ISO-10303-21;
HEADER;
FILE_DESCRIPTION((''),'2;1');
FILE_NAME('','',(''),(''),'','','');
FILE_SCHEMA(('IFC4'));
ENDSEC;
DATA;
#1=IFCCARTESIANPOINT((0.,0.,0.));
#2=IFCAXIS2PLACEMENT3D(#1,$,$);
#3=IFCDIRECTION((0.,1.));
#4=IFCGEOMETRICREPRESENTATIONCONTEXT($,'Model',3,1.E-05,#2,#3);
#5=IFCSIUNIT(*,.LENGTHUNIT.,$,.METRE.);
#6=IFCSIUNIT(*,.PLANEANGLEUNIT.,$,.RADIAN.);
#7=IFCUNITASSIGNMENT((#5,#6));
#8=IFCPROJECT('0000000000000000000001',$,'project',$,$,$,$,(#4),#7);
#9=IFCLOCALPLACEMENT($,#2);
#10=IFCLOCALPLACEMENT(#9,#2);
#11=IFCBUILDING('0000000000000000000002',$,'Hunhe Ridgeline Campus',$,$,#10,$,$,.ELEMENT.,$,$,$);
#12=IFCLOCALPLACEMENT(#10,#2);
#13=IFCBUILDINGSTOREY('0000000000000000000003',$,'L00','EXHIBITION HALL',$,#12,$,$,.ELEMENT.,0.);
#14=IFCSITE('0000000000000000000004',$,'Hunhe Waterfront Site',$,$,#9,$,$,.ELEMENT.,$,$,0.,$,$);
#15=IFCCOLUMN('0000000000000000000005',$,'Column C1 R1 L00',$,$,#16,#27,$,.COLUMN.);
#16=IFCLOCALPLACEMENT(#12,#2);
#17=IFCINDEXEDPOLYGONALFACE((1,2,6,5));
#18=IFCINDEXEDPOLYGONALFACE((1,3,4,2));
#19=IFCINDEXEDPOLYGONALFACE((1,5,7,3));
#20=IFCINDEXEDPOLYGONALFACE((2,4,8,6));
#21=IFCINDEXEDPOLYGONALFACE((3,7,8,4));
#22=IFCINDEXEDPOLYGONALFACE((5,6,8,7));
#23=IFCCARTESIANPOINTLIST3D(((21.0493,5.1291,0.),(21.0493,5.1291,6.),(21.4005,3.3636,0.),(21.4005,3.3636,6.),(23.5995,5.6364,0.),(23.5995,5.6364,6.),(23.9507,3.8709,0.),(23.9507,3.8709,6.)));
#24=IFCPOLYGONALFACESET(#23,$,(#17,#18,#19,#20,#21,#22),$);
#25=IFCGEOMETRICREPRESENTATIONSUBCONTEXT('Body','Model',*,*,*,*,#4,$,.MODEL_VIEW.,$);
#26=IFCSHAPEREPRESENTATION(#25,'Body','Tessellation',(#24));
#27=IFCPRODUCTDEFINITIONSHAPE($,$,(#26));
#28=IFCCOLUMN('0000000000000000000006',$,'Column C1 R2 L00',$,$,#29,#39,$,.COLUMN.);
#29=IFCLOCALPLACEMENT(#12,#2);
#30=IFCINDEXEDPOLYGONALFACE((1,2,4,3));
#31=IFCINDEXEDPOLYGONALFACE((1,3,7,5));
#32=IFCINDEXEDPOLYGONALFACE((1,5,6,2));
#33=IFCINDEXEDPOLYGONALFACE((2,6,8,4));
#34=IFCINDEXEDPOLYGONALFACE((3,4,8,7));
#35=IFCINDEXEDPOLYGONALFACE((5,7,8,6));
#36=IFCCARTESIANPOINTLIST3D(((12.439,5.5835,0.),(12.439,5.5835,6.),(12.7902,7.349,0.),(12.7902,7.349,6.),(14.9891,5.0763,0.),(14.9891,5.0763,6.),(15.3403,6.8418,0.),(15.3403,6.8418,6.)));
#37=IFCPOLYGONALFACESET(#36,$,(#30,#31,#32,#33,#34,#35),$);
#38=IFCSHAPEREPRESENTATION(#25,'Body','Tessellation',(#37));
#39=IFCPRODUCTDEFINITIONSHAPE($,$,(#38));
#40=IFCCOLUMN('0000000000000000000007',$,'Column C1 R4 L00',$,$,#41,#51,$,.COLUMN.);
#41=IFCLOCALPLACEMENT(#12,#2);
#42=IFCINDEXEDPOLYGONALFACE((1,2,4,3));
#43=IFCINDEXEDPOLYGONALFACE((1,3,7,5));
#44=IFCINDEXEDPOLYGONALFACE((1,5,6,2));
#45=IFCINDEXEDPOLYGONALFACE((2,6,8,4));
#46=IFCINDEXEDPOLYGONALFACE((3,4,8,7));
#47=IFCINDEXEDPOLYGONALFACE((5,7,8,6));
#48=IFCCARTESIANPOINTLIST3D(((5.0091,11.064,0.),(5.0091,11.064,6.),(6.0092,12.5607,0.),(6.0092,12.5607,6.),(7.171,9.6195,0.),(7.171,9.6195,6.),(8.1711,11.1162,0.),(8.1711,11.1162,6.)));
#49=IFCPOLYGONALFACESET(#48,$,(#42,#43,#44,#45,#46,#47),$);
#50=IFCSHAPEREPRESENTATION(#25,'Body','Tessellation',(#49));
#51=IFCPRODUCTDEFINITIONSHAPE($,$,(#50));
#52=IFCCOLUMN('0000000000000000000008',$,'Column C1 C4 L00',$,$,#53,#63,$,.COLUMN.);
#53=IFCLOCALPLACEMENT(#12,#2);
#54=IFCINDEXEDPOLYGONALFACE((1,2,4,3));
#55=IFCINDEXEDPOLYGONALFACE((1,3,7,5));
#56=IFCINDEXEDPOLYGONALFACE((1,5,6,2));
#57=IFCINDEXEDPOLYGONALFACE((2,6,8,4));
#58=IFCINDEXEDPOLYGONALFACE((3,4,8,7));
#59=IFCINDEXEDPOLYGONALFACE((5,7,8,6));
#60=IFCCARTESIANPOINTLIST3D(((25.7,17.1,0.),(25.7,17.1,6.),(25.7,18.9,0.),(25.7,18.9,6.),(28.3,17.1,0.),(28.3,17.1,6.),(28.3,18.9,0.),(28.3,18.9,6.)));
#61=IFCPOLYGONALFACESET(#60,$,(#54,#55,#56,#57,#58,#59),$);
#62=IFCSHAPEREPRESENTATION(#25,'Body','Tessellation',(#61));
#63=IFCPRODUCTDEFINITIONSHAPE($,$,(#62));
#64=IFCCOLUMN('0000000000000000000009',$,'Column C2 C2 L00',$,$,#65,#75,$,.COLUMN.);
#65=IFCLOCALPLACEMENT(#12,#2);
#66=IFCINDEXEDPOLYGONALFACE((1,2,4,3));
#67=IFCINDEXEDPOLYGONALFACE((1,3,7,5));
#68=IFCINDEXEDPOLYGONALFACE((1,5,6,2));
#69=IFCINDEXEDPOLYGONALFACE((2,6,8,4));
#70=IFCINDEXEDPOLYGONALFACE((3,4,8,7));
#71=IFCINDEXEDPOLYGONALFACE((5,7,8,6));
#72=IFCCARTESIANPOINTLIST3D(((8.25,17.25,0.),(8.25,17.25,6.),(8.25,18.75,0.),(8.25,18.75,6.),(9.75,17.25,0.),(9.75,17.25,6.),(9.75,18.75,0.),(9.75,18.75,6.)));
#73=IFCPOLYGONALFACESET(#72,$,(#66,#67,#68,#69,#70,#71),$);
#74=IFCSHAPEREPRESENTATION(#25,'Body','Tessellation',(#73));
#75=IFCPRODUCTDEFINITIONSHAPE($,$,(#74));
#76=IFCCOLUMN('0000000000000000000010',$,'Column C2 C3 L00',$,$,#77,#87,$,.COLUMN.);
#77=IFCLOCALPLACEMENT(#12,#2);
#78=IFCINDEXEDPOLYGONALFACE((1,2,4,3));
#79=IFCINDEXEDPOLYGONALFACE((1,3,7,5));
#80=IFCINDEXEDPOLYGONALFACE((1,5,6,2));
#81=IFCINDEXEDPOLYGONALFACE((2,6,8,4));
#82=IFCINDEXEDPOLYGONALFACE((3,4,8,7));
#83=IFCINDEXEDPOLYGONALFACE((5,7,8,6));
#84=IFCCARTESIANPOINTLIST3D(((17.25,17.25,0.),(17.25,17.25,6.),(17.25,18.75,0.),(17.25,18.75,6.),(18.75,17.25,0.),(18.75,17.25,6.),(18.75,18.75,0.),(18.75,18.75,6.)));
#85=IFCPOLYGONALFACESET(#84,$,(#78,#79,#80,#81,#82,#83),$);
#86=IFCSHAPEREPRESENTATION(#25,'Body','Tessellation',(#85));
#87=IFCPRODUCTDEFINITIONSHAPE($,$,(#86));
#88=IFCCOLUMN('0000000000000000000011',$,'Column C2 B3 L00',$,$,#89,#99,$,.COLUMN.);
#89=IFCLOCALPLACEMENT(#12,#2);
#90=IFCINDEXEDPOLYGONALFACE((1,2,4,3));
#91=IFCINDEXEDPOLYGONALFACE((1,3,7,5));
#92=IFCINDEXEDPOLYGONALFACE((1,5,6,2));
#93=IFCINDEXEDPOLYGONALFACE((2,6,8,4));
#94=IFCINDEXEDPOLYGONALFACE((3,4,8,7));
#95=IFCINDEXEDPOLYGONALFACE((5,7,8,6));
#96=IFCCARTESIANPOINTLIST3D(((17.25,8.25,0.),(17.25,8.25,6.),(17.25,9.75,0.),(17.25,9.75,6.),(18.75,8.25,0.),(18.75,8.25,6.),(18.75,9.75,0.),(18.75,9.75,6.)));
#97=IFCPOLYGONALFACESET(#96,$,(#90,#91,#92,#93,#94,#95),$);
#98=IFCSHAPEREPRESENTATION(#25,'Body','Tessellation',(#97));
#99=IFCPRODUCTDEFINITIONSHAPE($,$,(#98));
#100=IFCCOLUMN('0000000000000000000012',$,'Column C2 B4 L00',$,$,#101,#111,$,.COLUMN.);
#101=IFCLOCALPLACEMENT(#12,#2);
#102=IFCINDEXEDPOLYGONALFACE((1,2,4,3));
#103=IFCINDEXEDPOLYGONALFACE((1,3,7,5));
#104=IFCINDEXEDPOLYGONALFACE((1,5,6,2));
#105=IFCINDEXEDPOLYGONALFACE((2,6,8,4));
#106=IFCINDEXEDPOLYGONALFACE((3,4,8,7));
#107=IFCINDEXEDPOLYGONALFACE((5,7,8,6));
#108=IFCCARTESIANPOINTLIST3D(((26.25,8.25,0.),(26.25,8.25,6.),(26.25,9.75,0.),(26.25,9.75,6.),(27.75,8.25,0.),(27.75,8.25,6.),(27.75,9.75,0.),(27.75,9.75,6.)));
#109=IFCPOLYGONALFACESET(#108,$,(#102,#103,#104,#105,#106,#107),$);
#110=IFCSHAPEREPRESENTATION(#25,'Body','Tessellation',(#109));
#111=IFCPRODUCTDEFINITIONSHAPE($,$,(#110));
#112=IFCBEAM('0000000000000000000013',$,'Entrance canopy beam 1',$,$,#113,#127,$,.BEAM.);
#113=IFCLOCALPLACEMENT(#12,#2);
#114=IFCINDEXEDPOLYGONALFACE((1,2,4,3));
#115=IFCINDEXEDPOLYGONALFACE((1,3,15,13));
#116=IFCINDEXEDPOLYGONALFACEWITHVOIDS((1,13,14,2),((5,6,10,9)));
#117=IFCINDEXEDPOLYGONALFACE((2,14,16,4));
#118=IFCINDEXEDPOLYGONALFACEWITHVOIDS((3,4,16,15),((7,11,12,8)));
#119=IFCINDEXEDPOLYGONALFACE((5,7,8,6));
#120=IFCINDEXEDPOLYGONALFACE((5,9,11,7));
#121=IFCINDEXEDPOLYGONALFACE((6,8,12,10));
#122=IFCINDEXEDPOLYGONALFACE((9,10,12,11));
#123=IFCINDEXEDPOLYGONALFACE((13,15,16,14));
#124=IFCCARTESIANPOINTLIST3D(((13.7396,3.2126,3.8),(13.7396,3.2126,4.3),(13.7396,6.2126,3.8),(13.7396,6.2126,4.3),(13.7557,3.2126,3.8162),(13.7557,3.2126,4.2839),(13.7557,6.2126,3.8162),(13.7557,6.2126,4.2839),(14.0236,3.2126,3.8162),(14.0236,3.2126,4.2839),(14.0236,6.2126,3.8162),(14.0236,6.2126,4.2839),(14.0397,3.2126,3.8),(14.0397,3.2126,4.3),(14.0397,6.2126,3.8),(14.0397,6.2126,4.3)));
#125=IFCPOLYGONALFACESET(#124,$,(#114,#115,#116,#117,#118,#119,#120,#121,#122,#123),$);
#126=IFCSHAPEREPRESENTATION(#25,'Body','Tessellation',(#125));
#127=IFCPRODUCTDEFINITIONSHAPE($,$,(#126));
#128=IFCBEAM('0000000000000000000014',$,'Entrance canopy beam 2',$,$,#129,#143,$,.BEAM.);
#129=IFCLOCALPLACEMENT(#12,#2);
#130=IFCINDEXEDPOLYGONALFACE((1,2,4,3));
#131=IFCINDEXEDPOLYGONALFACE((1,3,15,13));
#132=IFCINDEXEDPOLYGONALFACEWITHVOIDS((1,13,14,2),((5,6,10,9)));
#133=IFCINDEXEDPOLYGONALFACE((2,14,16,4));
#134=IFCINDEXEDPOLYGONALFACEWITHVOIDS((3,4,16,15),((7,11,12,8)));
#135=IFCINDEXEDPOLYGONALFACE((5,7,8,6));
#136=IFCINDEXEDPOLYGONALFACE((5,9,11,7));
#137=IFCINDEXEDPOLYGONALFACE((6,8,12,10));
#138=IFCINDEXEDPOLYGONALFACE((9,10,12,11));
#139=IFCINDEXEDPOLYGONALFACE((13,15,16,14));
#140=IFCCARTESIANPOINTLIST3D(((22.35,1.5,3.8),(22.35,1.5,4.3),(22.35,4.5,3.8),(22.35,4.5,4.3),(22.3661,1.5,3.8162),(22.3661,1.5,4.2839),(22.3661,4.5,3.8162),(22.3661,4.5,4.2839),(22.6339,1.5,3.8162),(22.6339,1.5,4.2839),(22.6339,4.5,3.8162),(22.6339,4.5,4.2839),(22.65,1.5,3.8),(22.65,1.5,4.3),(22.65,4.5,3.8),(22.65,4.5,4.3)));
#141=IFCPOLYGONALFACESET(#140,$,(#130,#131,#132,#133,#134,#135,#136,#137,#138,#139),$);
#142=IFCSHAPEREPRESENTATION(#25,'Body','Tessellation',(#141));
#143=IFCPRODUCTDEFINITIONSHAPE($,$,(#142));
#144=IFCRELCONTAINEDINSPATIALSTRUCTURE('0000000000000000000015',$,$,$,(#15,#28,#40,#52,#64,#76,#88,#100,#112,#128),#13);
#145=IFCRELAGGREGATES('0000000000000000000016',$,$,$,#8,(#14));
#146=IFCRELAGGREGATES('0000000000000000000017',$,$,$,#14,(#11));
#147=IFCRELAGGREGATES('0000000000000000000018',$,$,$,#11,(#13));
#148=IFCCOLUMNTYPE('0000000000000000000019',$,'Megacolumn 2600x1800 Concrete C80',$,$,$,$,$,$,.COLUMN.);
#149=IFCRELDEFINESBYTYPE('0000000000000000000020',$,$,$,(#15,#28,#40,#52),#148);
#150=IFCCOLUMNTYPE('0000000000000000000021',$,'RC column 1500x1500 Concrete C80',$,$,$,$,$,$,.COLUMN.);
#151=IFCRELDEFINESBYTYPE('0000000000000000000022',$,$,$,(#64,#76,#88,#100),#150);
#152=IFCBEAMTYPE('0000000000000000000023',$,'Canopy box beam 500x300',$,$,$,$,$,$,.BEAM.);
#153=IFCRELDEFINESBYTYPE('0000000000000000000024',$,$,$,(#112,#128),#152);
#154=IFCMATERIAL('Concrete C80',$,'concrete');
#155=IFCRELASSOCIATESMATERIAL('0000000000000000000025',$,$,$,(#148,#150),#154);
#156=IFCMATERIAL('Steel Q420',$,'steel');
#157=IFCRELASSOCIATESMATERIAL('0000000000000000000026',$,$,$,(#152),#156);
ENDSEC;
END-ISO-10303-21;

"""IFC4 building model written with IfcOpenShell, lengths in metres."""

from ifc_helpers import new_model, si_unit, direction, frame, origin, origin_2d, place, context, subcontext, project, spatial, rectangle, hollow_rectangle, extrude, material, material_profile, profile_set, type_object, element, save


model = new_model("IFC4")

# Units and contexts
model_context = context("Model", 3, precision=1e-05, world=origin(), true_north=direction((0.0, 1.0)))
body_context = subcontext(model_context, "Body", "Model", "MODEL_VIEW")
ifc_project = project(units=[si_unit("LENGTHUNIT", "METRE"), si_unit("PLANEANGLEUNIT", "RADIAN")], contexts=[model_context])

# Site, building, storey
site_placement = place(None, origin())
site = spatial("IfcSite", under=ifc_project, at=site_placement, Name="Hunhe Waterfront Site", CompositionType="ELEMENT", RefElevation=0.0)
building_placement = place(site_placement, origin())
building = spatial("IfcBuilding", under=site, at=building_placement, Name="Hunhe Ridgeline Campus", CompositionType="ELEMENT")
storey_placement = place(building_placement, origin())
storey = spatial("IfcBuildingStorey", under=building, at=storey_placement, Name="L00", Description="EXHIBITION HALL", CompositionType="ELEMENT", Elevation=0.0)

# Columns
ifc_material_1 = material(Name="Concrete C80", Category="concrete")
ifc_material_profile_1 = material_profile(ifc_material_1, rectangle(XDim=2.6001, YDim=1.8, at=origin_2d()))
ifc_profile_set_1 = profile_set([ifc_material_profile_1], Name="Concrete C80")
column_type_1 = type_object("IfcColumnType", Name="Megacolumn 2600x1800 Concrete C80", PredefinedType="COLUMN", material=ifc_profile_set_1)
for number, where, z_axis, x_axis, name in (
    (1, (22.5, 4.5, 0.0), (0.0, 0.0, 1.0), (0.980785, 0.19509, 0.0), "Column C1 R1 L00"),
    (2, (13.8896, 6.2126, 0.0), (0.0, 0.0, 1.0), (-0.980785, 0.19509, 0.0), "Column C1 R2 L00"),
    (3, (6.5901, 11.0901, 0.0), (0.0, 0.0, 1.0), (-0.83147, 0.55557, 0.0), "Column C1 R4 L00"),
    (4, (27.0, 18.0, 0.0), (0.0, 0.0, 1.0), (1.0, 0.0, 0.0), "Column C1 C4 L00"),
):
    element("IfcColumn", number, at=place(storey_placement, frame(where, z_axis=z_axis, x_axis=x_axis)), inside=storey, type_object=column_type_1, Name=name, PredefinedType="COLUMN", context=body_context, shape_type="SweptSolid", body=[
        extrude(rectangle(XDim=2.6001, YDim=1.8, at=origin_2d()), origin(), (0.0, 0.0, 1.0), 6.0),
    ])
ifc_material_profile_2 = material_profile(ifc_material_1, rectangle(XDim=1.5, YDim=1.5, at=origin_2d()))
ifc_profile_set_2 = profile_set([ifc_material_profile_2], Name="Concrete C80")
column_type_2 = type_object("IfcColumnType", Name="RC column 1500x1500 Concrete C80", PredefinedType="COLUMN", material=ifc_profile_set_2)
for number, where, z_axis, x_axis, name in (
    (5, (9.0, 18.0, 0.0), (0.0, 0.0, 1.0), (1.0, 0.0, 0.0), "Column C2 C2 L00"),
    (6, (18.0, 18.0, 0.0), (0.0, 0.0, 1.0), (1.0, 0.0, 0.0), "Column C2 C3 L00"),
    (7, (18.0, 9.0, 0.0), (0.0, 0.0, 1.0), (1.0, 0.0, 0.0), "Column C2 B3 L00"),
    (8, (27.0, 9.0, 0.0), (0.0, 0.0, 1.0), (1.0, 0.0, 0.0), "Column C2 B4 L00"),
):
    element("IfcColumn", number, at=place(storey_placement, frame(where, z_axis=z_axis, x_axis=x_axis)), inside=storey, type_object=column_type_2, Name=name, PredefinedType="COLUMN", context=body_context, shape_type="SweptSolid", body=[
        extrude(rectangle(XDim=1.5, YDim=1.5, at=origin_2d()), origin(), (0.0, 0.0, 1.0), 6.0),
    ])

# Beams
ifc_material_2 = material(Name="Steel Q420", Category="steel")
ifc_material_profile_3 = material_profile(ifc_material_2, hollow_rectangle(XDim=0.3, YDim=0.5, WallThickness=0.0161, at=origin_2d()))
ifc_profile_set_3 = profile_set([ifc_material_profile_3], Name="Steel Q420")
beam_type = type_object("IfcBeamType", Name="Canopy box beam 500x300", PredefinedType="BEAM", material=ifc_profile_set_3)
for number, where, z_axis, x_axis, name in (
    (9, (13.8896, 6.2126, 4.05), (0.0, -1.0, 0.0), (1.0, 0.0, 0.0), "Entrance canopy beam 1"),
    (10, (22.5, 4.5, 4.05), (0.0, -1.0, 0.0), (1.0, 0.0, 0.0), "Entrance canopy beam 2"),
):
    element("IfcBeam", number, at=place(storey_placement, frame(where, z_axis=z_axis, x_axis=x_axis)), inside=storey, type_object=beam_type, Name=name, PredefinedType="BEAM", context=body_context, shape_type="SweptSolid", body=[
        extrude(hollow_rectangle(XDim=0.3, YDim=0.5, WallThickness=0.0161, at=origin_2d()), origin(), (0.0, 0.0, 1.0), 3.0),
    ])

save(model, "model.ifc")
